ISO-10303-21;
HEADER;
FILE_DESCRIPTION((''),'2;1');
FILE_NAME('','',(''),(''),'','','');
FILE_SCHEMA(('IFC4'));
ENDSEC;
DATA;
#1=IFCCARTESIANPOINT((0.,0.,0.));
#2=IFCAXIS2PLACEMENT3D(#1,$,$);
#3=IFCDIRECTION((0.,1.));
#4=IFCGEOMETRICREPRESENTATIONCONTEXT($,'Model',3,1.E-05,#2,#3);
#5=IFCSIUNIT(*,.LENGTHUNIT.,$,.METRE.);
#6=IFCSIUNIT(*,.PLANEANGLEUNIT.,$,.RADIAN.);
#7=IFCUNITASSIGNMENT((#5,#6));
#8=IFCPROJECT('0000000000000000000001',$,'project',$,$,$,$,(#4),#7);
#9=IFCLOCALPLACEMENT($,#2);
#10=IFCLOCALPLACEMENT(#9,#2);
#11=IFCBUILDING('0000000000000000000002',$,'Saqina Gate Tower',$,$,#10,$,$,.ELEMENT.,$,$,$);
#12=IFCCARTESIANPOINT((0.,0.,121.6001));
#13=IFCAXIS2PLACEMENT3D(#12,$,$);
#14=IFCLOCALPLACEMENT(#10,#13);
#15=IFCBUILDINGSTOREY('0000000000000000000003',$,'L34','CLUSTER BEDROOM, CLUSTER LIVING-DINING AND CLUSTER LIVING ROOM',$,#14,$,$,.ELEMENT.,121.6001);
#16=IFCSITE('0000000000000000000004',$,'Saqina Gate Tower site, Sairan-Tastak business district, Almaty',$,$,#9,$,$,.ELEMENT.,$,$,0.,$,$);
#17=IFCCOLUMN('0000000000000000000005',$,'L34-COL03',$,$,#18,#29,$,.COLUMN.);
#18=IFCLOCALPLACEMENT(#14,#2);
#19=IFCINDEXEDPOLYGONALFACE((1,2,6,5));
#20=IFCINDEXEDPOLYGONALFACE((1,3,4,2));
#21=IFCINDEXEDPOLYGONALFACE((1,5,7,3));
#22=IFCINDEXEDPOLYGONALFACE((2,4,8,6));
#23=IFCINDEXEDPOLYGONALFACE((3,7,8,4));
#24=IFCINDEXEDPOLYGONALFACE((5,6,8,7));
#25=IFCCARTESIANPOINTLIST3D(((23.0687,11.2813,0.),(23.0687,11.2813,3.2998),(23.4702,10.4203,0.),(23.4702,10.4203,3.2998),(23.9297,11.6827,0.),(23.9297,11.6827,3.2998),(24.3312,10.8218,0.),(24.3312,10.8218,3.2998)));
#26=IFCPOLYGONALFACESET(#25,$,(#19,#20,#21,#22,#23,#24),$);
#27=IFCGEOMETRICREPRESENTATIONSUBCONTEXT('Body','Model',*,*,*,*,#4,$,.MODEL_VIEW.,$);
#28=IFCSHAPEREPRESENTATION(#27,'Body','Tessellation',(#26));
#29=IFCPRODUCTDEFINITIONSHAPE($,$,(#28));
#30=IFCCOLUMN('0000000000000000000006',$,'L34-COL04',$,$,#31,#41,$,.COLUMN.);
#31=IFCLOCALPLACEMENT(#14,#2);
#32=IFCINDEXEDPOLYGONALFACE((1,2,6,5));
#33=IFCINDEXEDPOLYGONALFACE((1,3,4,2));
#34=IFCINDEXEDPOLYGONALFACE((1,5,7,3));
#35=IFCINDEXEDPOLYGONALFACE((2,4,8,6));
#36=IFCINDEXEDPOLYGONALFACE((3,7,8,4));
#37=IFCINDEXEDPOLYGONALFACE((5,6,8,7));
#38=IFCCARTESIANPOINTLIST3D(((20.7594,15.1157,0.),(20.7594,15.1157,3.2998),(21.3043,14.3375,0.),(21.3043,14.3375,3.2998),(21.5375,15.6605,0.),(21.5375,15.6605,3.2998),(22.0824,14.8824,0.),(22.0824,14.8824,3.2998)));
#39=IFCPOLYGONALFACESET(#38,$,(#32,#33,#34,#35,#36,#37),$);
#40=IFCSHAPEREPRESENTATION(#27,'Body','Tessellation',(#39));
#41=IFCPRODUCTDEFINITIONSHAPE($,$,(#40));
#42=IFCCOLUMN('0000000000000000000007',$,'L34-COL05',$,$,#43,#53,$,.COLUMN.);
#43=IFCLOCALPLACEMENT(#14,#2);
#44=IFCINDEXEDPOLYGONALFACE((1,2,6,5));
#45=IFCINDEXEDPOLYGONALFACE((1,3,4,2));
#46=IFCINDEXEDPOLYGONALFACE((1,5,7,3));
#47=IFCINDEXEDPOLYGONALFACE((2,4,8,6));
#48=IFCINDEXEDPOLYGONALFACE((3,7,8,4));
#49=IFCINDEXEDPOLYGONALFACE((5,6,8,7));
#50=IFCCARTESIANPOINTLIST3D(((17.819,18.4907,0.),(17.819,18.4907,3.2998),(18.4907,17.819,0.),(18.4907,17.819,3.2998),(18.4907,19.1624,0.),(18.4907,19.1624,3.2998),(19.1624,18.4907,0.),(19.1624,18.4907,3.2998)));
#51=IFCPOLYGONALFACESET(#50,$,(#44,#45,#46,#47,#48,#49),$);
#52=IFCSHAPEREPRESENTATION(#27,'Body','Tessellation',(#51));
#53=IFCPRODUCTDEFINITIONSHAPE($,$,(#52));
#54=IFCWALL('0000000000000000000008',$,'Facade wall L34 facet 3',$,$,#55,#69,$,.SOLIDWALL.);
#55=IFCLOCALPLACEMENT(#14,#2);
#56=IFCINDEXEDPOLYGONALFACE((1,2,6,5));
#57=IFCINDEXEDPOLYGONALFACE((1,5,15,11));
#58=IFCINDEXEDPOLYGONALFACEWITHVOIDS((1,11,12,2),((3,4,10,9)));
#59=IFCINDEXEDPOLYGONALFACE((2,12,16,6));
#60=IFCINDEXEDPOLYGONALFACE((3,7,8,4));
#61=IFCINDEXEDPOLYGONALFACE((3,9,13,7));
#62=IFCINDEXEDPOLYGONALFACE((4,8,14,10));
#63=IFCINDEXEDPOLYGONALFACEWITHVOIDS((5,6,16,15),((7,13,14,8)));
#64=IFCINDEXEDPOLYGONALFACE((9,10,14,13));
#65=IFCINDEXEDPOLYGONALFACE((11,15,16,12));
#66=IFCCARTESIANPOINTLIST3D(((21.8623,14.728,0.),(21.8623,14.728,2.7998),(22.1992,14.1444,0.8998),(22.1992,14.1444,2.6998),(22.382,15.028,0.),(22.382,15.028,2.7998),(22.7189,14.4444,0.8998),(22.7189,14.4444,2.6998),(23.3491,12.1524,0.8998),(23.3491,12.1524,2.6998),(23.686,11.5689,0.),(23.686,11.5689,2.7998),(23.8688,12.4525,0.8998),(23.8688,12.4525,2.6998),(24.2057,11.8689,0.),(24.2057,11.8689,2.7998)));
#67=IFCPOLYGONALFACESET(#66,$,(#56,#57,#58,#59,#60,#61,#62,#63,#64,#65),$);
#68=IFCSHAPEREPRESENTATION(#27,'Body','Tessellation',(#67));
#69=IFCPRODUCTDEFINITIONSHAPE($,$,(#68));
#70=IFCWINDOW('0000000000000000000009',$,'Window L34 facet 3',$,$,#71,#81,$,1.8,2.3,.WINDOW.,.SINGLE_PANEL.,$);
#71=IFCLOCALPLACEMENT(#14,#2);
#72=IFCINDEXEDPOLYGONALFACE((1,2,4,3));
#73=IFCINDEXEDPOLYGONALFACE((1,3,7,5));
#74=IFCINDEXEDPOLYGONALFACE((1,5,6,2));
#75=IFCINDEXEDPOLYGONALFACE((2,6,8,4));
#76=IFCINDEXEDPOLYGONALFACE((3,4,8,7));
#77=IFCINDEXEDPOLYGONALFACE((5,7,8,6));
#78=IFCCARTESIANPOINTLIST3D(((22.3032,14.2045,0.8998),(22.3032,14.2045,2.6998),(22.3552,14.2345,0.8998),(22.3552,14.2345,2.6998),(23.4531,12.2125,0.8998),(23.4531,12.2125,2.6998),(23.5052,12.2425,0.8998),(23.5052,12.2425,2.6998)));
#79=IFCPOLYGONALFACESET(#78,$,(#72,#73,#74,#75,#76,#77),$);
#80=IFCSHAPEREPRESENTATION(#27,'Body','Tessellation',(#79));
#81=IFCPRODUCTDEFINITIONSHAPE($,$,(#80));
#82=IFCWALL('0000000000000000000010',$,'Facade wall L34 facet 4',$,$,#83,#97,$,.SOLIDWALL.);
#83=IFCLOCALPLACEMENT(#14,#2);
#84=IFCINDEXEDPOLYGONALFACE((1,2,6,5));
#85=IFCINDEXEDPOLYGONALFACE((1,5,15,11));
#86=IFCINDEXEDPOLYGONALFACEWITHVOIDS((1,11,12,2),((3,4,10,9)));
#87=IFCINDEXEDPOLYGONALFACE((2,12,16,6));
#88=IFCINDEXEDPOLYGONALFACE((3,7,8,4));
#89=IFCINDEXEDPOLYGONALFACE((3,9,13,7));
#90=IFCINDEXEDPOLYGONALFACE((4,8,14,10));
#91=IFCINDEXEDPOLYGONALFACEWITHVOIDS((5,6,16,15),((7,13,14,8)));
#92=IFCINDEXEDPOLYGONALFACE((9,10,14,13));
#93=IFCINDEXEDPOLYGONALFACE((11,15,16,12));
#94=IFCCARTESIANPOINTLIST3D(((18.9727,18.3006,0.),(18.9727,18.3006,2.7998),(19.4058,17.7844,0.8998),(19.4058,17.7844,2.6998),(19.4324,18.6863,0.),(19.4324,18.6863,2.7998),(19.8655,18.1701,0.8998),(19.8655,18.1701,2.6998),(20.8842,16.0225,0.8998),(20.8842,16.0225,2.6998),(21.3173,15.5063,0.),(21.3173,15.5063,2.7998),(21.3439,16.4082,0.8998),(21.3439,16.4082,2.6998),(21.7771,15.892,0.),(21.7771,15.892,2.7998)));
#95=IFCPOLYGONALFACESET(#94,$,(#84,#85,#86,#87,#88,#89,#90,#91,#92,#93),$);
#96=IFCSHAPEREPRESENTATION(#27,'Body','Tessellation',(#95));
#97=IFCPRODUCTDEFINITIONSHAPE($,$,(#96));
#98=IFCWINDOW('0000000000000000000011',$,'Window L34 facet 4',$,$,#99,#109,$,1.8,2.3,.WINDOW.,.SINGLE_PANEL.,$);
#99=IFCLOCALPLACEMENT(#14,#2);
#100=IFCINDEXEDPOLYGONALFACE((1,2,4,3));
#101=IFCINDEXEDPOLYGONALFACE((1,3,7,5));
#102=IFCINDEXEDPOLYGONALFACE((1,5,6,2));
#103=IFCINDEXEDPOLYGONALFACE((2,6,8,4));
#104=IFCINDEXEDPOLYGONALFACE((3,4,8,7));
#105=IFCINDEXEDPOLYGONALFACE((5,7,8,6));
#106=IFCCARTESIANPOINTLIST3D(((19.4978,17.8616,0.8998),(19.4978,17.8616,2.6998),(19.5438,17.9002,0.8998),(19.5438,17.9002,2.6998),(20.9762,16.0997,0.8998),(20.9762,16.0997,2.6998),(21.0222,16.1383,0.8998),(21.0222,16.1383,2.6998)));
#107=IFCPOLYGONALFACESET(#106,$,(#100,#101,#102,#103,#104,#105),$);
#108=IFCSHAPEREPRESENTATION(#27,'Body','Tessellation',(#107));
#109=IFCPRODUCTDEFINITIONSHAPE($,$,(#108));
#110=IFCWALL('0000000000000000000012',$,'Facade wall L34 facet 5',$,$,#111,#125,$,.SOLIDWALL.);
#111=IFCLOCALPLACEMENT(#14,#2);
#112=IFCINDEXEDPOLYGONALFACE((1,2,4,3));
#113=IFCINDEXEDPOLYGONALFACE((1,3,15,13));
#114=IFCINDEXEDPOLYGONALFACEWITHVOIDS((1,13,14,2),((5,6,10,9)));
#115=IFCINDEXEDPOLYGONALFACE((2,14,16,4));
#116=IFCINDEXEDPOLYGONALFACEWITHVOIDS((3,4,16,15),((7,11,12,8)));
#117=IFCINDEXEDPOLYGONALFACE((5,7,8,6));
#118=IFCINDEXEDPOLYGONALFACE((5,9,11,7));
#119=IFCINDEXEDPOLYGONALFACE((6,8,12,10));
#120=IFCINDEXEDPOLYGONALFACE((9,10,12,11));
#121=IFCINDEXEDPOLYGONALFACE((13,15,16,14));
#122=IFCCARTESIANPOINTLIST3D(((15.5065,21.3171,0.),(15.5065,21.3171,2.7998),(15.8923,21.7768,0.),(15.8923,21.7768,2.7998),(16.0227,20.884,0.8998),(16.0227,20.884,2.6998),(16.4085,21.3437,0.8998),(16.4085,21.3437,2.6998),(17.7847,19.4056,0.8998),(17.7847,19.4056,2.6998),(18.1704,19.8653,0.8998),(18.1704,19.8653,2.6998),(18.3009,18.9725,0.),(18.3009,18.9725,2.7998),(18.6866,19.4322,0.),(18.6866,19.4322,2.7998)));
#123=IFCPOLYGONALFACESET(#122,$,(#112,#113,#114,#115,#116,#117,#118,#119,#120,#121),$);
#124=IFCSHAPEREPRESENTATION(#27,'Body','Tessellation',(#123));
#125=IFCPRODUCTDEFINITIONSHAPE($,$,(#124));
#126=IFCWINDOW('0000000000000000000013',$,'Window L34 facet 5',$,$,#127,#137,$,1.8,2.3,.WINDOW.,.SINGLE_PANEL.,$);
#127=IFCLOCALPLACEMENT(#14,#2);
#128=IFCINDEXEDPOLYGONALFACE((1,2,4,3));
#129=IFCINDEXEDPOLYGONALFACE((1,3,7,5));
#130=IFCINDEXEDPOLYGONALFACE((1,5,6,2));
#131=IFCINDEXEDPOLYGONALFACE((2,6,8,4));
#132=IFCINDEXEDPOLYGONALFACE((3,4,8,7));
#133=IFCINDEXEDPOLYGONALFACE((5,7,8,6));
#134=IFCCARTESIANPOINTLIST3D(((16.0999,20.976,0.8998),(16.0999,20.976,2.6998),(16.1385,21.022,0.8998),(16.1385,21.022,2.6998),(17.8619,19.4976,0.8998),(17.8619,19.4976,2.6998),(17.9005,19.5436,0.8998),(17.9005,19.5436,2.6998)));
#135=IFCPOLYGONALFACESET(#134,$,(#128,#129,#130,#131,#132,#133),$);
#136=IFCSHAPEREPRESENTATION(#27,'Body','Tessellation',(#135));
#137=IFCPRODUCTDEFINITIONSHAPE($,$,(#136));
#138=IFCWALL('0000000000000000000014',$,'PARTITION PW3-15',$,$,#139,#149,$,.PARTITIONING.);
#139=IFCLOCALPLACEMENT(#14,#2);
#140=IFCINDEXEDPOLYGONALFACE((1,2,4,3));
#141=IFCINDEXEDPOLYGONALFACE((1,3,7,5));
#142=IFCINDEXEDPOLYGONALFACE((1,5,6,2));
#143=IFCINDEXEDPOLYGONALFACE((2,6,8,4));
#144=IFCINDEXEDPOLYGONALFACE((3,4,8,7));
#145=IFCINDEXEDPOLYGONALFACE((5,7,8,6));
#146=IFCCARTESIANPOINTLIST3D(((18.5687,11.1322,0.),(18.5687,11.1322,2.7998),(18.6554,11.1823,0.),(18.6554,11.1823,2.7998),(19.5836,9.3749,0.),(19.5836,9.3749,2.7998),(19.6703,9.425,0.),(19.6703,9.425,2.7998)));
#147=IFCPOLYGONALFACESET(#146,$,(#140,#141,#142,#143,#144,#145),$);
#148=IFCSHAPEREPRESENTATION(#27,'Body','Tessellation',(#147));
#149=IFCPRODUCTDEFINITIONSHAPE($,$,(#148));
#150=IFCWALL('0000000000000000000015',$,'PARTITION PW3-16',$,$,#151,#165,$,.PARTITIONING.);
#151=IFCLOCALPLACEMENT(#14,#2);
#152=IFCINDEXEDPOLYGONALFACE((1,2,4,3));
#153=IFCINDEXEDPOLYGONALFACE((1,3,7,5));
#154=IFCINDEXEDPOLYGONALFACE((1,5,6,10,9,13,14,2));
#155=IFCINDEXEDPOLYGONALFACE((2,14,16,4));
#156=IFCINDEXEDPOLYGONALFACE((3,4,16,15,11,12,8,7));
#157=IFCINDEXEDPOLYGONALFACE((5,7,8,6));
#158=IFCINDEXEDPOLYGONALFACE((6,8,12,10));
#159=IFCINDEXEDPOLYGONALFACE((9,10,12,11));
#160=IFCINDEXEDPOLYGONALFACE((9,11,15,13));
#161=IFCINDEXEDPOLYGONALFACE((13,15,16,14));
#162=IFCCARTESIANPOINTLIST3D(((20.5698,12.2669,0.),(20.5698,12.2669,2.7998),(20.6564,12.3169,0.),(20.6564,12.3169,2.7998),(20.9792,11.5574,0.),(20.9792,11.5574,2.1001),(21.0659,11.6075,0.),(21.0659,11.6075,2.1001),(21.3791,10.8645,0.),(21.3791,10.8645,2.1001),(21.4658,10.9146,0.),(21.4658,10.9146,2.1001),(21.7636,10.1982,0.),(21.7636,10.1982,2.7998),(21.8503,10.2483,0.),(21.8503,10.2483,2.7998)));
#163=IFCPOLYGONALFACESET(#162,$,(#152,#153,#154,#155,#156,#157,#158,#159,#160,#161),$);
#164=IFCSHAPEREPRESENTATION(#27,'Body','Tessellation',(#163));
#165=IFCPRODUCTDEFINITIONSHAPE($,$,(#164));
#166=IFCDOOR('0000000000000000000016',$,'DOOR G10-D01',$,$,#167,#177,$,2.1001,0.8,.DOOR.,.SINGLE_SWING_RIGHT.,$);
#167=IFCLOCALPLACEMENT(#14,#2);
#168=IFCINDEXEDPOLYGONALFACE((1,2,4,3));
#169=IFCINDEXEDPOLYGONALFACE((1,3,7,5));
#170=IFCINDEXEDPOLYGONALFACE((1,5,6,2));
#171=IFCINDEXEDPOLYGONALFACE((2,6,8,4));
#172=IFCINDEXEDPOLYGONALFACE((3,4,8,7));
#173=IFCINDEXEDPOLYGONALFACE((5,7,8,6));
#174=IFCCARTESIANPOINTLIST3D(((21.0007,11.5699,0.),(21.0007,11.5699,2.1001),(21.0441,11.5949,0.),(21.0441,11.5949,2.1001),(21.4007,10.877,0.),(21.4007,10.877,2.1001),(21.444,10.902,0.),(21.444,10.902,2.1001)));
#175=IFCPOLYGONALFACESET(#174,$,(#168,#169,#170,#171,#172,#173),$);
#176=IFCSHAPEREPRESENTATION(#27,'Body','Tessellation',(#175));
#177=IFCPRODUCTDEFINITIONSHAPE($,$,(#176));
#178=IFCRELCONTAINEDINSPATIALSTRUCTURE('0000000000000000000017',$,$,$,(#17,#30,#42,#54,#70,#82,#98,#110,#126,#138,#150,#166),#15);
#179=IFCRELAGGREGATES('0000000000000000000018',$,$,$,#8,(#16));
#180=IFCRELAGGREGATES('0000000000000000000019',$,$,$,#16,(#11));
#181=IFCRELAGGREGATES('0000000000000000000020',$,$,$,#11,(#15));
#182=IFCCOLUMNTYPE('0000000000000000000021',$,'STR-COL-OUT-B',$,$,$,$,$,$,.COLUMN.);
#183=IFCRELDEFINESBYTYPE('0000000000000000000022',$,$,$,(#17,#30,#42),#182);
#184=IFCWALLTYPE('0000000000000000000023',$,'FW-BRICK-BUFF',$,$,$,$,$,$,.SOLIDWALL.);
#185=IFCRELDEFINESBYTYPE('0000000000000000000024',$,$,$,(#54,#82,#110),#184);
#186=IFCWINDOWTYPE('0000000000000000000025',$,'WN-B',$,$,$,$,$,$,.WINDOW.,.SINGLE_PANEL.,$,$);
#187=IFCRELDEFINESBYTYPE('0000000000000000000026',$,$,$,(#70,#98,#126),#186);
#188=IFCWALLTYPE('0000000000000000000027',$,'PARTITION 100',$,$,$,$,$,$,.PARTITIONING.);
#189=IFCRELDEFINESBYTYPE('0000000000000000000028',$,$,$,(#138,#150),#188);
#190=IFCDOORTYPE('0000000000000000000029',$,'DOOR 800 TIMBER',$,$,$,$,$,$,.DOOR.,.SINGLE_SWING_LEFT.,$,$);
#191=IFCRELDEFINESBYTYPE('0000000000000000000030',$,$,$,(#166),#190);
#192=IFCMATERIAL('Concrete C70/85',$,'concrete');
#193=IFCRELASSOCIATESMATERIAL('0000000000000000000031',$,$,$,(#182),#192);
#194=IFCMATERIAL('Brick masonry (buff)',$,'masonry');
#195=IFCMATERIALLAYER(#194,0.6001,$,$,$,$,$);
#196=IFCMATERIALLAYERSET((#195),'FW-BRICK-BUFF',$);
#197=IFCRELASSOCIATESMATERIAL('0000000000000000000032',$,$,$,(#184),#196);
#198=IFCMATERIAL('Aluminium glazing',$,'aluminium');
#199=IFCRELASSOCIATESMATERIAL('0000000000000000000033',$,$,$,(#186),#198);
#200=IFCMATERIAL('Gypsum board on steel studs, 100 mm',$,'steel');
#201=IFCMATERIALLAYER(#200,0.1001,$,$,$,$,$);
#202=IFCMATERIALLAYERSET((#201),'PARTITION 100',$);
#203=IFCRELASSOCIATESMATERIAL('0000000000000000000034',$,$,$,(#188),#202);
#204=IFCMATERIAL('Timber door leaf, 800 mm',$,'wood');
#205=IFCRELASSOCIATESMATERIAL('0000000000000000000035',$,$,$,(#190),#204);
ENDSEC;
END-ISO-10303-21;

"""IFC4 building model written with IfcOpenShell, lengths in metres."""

from ifc_helpers import new_model, si_unit, direction, frame, frame_2d, origin, origin_2d, place, context, subcontext, project, spatial, rectangle, extrude, material, layer, layer_set, material_profile, profile_set, type_object, element, fill, save


model = new_model("IFC4")

# Units and contexts
model_context = context("Model", 3, precision=1e-05, world=origin(), true_north=direction((0.0, 1.0)))
body_context = subcontext(model_context, "Body", "Model", "MODEL_VIEW")
ifc_project = project(units=[si_unit("LENGTHUNIT", "METRE"), si_unit("PLANEANGLEUNIT", "RADIAN")], contexts=[model_context])

# Site, building, storey
site_placement = place(None, origin())
site = spatial("IfcSite", under=ifc_project, at=site_placement, Name="Saqina Gate Tower site, Sairan-Tastak business district, Almaty", CompositionType="ELEMENT", RefElevation=0.0)
building_placement = place(site_placement, origin())
building = spatial("IfcBuilding", under=site, at=building_placement, Name="Saqina Gate Tower", CompositionType="ELEMENT")
storey_placement = place(building_placement, frame((0.0, 0.0, 121.6001)))
storey = spatial("IfcBuildingStorey", under=building, at=storey_placement, Name="L34", Description="CLUSTER BEDROOM, CLUSTER LIVING-DINING AND CLUSTER LIVING ROOM", CompositionType="ELEMENT", Elevation=121.6001)

# Columns
ifc_material_1 = material(Name="Concrete C70/85", Category="concrete")
ifc_material_profile = material_profile(ifc_material_1, rectangle(XDim=0.95, YDim=0.95, at=origin_2d()), Name="RC 950x950")
ifc_profile_set = profile_set([ifc_material_profile], Name="Concrete C70/85")
column_type = type_object("IfcColumnType", Name="STR-COL-OUT-B", PredefinedType="COLUMN", material=ifc_profile_set)
for number, where, z_axis, x_axis, name in (
    (1, (23.7, 11.0515, 0.0), (0.0, 0.0, 1.0), (0.906308, 0.422618, 0.0), "L34-COL03"),
    (2, (21.4209, 14.999, 0.0), (0.0, 0.0, 1.0), (0.819152, 0.573576, 0.0), "L34-COL04"),
    (3, (18.4907, 18.4907, 0.0), (0.0, 0.0, 1.0), (0.707107, 0.707107, 0.0), "L34-COL05"),
):
    element("IfcColumn", number, at=place(storey_placement, frame(where, z_axis=z_axis, x_axis=x_axis)), inside=storey, type_object=column_type, Name=name, PredefinedType="COLUMN", context=body_context, shape_type="SweptSolid", body=[
        extrude(rectangle(XDim=0.95, YDim=0.95, at=origin_2d()), origin(), (0.0, 0.0, 1.0), 3.2998),
    ])

# Walls, openings, windows
ifc_material_2 = material(Name="Brick masonry (buff)", Category="masonry")
ifc_layer_1 = layer(ifc_material_2, 0.6001)
ifc_layer_set_1 = layer_set([ifc_layer_1], Name="FW-BRICK-BUFF")
wall_type_1 = type_object("IfcWallType", Name="FW-BRICK-BUFF", PredefinedType="SOLIDWALL", material=ifc_layer_set_1)
wall_1_placement = place(storey_placement, frame((23.9458, 11.719, 0.0), z_axis=(0.0, 0.0, 1.0), x_axis=(-0.499954, 0.866052, 0.0)))
wall_1 = element("IfcWall", 4, at=wall_1_placement, inside=storey, type_object=wall_type_1, Name="Facade wall L34 facet 3", PredefinedType="SOLIDWALL", context=body_context, shape_type="SweptSolid", body=[
    extrude(rectangle(XDim=3.6477, YDim=0.6001, at=frame_2d((1.8237, 0.0))), origin(), (0.0, 0.0, 1.0), 2.7998),
])
opening_1_placement = place(wall_1_placement, frame((0.6738, 0.0, 0.8999)))
opening_1 = element("IfcOpeningElement", 5, at=opening_1_placement, cuts=wall_1, PredefinedType="OPENING", context=body_context, shape_type="SweptSolid", body=[
    extrude(rectangle(XDim=2.3, YDim=1.8, at=frame_2d((1.1499, 0.8999))), frame((0.0, 0.312, 0.0), z_axis=(0.0, -1.0, 0.0), x_axis=(1.0, 0.0, 0.0)), (0.0, 0.0, 1.0), 0.624),
])
ifc_material_3 = material(Name="Aluminium glazing", Category="aluminium")
window_type = type_object("IfcWindowType", Name="WN-B", PartitioningType="SINGLE_PANEL", PredefinedType="WINDOW", material=ifc_material_3)
window_1_placement = place(opening_1_placement, origin())
window_1 = element("IfcWindow", 6, at=window_1_placement, inside=storey, type_object=window_type, Name="Window L34 facet 3", OverallHeight=1.8, OverallWidth=2.3, PartitioningType="SINGLE_PANEL", PredefinedType="WINDOW", context=body_context, shape_type="SweptSolid", body=[
    extrude(rectangle(XDim=2.3, YDim=1.8, at=frame_2d((1.1499, 0.8999))), frame((0.0, 0.1799, 0.0), z_axis=(0.0, -1.0, 0.0), x_axis=(1.0, 0.0, 0.0)), (0.0, 0.0, 1.0), 0.0601),
])
fill(opening_1, window_1)
wall_2_placement = place(storey_placement, frame((21.5471, 15.6992, 0.0), z_axis=(0.0, 0.0, 1.0), x_axis=(-0.642774, 0.766055, 0.0)))
wall_2 = element("IfcWall", 7, at=wall_2_placement, inside=storey, type_object=wall_type_1, Name="Facade wall L34 facet 4", PredefinedType="SOLIDWALL", context=body_context, shape_type="SweptSolid", body=[
    extrude(rectangle(XDim=3.6477, YDim=0.6001, at=frame_2d((1.8237, 0.0))), origin(), (0.0, 0.0, 1.0), 2.7998),
])
opening_2_placement = place(wall_2_placement, frame((0.6738, 0.0, 0.8999)))
opening_2 = element("IfcOpeningElement", 8, at=opening_2_placement, cuts=wall_2, PredefinedType="OPENING", context=body_context, shape_type="SweptSolid", body=[
    extrude(rectangle(XDim=2.3, YDim=1.8, at=frame_2d((1.1499, 0.8999))), frame((0.0, 0.312, 0.0), z_axis=(0.0, -1.0, 0.0), x_axis=(1.0, 0.0, 0.0)), (0.0, 0.0, 1.0), 0.624),
])
window_2_placement = place(opening_2_placement, origin())
window_2 = element("IfcWindow", 9, at=window_2_placement, inside=storey, type_object=window_type, Name="Window L34 facet 4", OverallHeight=1.8, OverallWidth=2.3, PartitioningType="SINGLE_PANEL", PredefinedType="WINDOW", context=body_context, shape_type="SweptSolid", body=[
    extrude(rectangle(XDim=2.3, YDim=1.8, at=frame_2d((1.1499, 0.8999))), frame((0.0, 0.1799, 0.0), z_axis=(0.0, -1.0, 0.0), x_axis=(1.0, 0.0, 0.0)), (0.0, 0.0, 1.0), 0.0601),
])
fill(opening_2, window_2)
wall_3_placement = place(storey_placement, frame((18.4937, 19.2024, 0.0), z_axis=(0.0, 0.0, 1.0), x_axis=(-0.766055, 0.642774, 0.0)))
wall_3 = element("IfcWall", 10, at=wall_3_placement, inside=storey, type_object=wall_type_1, Name="Facade wall L34 facet 5", PredefinedType="SOLIDWALL", context=body_context, shape_type="SweptSolid", body=[
    extrude(rectangle(XDim=3.6477, YDim=0.6001, at=frame_2d((1.8237, 0.0))), origin(), (0.0, 0.0, 1.0), 2.7998),
])
opening_3_placement = place(wall_3_placement, frame((0.6738, 0.0, 0.8999)))
opening_3 = element("IfcOpeningElement", 11, at=opening_3_placement, cuts=wall_3, PredefinedType="OPENING", context=body_context, shape_type="SweptSolid", body=[
    extrude(rectangle(XDim=2.3, YDim=1.8, at=frame_2d((1.1499, 0.8999))), frame((0.0, 0.312, 0.0), z_axis=(0.0, -1.0, 0.0), x_axis=(1.0, 0.0, 0.0)), (0.0, 0.0, 1.0), 0.624),
])
window_3_placement = place(opening_3_placement, origin())
window_3 = element("IfcWindow", 12, at=window_3_placement, inside=storey, type_object=window_type, Name="Window L34 facet 5", OverallHeight=1.8, OverallWidth=2.3, PartitioningType="SINGLE_PANEL", PredefinedType="WINDOW", context=body_context, shape_type="SweptSolid", body=[
    extrude(rectangle(XDim=2.3, YDim=1.8, at=frame_2d((1.1499, 0.8999))), frame((0.0, 0.1799, 0.0), z_axis=(0.0, -1.0, 0.0), x_axis=(1.0, 0.0, 0.0)), (0.0, 0.0, 1.0), 0.0601),
])
fill(opening_3, window_3)

# Wall
ifc_material_4 = material(Name="Gypsum board on steel studs, 100 mm", Category="steel")
ifc_layer_2 = layer(ifc_material_4, 0.1001)
ifc_layer_set_2 = layer_set([ifc_layer_2], Name="PARTITION 100")
wall_type_2 = type_object("IfcWallType", Name="PARTITION 100", PredefinedType="PARTITIONING", material=ifc_layer_set_2)
wall_4_placement = place(storey_placement, frame((18.6121, 11.1572, 0.0), z_axis=(0.0, 0.0, 1.0), x_axis=(0.500111, -0.865961, 0.0)))
element("IfcWall", 13, at=wall_4_placement, inside=storey, type_object=wall_type_2, Name="PARTITION PW3-15", PredefinedType="PARTITIONING", context=body_context, shape_type="SweptSolid", body=[
    extrude(rectangle(XDim=2.0293, YDim=0.1001, at=frame_2d((1.0146, 0.0))), origin(), (0.0, 0.0, 1.0), 2.7998),
])

# Wall, opening, door
wall_5_placement = place(storey_placement, frame((20.613, 12.292, 0.0), z_axis=(0.0, 0.0, 1.0), x_axis=(0.499855, -0.866109, 0.0)))
wall_5 = element("IfcWall", 14, at=wall_5_placement, inside=storey, type_object=wall_type_2, Name="PARTITION PW3-16", PredefinedType="PARTITIONING", context=body_context, shape_type="SweptSolid", body=[
    extrude(rectangle(XDim=2.3884, YDim=0.1001, at=frame_2d((1.1943, 0.0))), origin(), (0.0, 0.0, 1.0), 2.7998),
])
opening_4_placement = place(wall_5_placement, frame((0.8193, 0.0, 0.0)))
opening_4 = element("IfcOpeningElement", 15, at=opening_4_placement, cuts=wall_5, PredefinedType="OPENING", context=body_context, shape_type="SweptSolid", body=[
    extrude(rectangle(XDim=0.8, YDim=2.1001, at=frame_2d((0.3999, 1.05))), frame((0.0, 0.062, 0.0), z_axis=(0.0, -1.0, 0.0), x_axis=(1.0, 0.0, 0.0)), (0.0, 0.0, 1.0), 0.124),
])
ifc_material_5 = material(Name="Timber door leaf, 800 mm", Category="wood")
door_type_1 = type_object("IfcDoorType", Name="DOOR 800 TIMBER", OperationType="SINGLE_SWING_LEFT", PredefinedType="DOOR", material=ifc_material_5)
door_1_placement = place(opening_4_placement, origin())
door_1 = element("IfcDoor", 16, at=door_1_placement, inside=storey, type_object=door_type_1, Name="DOOR G10-D01", OperationType="SINGLE_SWING_RIGHT", OverallHeight=2.1001, OverallWidth=0.8, PredefinedType="DOOR", context=body_context, shape_type="SweptSolid", body=[
    extrude(rectangle(XDim=0.8, YDim=2.1001, at=frame_2d((0.3999, 1.05))), frame((0.0, 0.0249, 0.0), z_axis=(0.0, -1.0, 0.0), x_axis=(1.0, 0.0, 0.0)), (0.0, 0.0, 1.0), 0.05),
])
fill(opening_4, door_1)

save(model, "model.ifc")
